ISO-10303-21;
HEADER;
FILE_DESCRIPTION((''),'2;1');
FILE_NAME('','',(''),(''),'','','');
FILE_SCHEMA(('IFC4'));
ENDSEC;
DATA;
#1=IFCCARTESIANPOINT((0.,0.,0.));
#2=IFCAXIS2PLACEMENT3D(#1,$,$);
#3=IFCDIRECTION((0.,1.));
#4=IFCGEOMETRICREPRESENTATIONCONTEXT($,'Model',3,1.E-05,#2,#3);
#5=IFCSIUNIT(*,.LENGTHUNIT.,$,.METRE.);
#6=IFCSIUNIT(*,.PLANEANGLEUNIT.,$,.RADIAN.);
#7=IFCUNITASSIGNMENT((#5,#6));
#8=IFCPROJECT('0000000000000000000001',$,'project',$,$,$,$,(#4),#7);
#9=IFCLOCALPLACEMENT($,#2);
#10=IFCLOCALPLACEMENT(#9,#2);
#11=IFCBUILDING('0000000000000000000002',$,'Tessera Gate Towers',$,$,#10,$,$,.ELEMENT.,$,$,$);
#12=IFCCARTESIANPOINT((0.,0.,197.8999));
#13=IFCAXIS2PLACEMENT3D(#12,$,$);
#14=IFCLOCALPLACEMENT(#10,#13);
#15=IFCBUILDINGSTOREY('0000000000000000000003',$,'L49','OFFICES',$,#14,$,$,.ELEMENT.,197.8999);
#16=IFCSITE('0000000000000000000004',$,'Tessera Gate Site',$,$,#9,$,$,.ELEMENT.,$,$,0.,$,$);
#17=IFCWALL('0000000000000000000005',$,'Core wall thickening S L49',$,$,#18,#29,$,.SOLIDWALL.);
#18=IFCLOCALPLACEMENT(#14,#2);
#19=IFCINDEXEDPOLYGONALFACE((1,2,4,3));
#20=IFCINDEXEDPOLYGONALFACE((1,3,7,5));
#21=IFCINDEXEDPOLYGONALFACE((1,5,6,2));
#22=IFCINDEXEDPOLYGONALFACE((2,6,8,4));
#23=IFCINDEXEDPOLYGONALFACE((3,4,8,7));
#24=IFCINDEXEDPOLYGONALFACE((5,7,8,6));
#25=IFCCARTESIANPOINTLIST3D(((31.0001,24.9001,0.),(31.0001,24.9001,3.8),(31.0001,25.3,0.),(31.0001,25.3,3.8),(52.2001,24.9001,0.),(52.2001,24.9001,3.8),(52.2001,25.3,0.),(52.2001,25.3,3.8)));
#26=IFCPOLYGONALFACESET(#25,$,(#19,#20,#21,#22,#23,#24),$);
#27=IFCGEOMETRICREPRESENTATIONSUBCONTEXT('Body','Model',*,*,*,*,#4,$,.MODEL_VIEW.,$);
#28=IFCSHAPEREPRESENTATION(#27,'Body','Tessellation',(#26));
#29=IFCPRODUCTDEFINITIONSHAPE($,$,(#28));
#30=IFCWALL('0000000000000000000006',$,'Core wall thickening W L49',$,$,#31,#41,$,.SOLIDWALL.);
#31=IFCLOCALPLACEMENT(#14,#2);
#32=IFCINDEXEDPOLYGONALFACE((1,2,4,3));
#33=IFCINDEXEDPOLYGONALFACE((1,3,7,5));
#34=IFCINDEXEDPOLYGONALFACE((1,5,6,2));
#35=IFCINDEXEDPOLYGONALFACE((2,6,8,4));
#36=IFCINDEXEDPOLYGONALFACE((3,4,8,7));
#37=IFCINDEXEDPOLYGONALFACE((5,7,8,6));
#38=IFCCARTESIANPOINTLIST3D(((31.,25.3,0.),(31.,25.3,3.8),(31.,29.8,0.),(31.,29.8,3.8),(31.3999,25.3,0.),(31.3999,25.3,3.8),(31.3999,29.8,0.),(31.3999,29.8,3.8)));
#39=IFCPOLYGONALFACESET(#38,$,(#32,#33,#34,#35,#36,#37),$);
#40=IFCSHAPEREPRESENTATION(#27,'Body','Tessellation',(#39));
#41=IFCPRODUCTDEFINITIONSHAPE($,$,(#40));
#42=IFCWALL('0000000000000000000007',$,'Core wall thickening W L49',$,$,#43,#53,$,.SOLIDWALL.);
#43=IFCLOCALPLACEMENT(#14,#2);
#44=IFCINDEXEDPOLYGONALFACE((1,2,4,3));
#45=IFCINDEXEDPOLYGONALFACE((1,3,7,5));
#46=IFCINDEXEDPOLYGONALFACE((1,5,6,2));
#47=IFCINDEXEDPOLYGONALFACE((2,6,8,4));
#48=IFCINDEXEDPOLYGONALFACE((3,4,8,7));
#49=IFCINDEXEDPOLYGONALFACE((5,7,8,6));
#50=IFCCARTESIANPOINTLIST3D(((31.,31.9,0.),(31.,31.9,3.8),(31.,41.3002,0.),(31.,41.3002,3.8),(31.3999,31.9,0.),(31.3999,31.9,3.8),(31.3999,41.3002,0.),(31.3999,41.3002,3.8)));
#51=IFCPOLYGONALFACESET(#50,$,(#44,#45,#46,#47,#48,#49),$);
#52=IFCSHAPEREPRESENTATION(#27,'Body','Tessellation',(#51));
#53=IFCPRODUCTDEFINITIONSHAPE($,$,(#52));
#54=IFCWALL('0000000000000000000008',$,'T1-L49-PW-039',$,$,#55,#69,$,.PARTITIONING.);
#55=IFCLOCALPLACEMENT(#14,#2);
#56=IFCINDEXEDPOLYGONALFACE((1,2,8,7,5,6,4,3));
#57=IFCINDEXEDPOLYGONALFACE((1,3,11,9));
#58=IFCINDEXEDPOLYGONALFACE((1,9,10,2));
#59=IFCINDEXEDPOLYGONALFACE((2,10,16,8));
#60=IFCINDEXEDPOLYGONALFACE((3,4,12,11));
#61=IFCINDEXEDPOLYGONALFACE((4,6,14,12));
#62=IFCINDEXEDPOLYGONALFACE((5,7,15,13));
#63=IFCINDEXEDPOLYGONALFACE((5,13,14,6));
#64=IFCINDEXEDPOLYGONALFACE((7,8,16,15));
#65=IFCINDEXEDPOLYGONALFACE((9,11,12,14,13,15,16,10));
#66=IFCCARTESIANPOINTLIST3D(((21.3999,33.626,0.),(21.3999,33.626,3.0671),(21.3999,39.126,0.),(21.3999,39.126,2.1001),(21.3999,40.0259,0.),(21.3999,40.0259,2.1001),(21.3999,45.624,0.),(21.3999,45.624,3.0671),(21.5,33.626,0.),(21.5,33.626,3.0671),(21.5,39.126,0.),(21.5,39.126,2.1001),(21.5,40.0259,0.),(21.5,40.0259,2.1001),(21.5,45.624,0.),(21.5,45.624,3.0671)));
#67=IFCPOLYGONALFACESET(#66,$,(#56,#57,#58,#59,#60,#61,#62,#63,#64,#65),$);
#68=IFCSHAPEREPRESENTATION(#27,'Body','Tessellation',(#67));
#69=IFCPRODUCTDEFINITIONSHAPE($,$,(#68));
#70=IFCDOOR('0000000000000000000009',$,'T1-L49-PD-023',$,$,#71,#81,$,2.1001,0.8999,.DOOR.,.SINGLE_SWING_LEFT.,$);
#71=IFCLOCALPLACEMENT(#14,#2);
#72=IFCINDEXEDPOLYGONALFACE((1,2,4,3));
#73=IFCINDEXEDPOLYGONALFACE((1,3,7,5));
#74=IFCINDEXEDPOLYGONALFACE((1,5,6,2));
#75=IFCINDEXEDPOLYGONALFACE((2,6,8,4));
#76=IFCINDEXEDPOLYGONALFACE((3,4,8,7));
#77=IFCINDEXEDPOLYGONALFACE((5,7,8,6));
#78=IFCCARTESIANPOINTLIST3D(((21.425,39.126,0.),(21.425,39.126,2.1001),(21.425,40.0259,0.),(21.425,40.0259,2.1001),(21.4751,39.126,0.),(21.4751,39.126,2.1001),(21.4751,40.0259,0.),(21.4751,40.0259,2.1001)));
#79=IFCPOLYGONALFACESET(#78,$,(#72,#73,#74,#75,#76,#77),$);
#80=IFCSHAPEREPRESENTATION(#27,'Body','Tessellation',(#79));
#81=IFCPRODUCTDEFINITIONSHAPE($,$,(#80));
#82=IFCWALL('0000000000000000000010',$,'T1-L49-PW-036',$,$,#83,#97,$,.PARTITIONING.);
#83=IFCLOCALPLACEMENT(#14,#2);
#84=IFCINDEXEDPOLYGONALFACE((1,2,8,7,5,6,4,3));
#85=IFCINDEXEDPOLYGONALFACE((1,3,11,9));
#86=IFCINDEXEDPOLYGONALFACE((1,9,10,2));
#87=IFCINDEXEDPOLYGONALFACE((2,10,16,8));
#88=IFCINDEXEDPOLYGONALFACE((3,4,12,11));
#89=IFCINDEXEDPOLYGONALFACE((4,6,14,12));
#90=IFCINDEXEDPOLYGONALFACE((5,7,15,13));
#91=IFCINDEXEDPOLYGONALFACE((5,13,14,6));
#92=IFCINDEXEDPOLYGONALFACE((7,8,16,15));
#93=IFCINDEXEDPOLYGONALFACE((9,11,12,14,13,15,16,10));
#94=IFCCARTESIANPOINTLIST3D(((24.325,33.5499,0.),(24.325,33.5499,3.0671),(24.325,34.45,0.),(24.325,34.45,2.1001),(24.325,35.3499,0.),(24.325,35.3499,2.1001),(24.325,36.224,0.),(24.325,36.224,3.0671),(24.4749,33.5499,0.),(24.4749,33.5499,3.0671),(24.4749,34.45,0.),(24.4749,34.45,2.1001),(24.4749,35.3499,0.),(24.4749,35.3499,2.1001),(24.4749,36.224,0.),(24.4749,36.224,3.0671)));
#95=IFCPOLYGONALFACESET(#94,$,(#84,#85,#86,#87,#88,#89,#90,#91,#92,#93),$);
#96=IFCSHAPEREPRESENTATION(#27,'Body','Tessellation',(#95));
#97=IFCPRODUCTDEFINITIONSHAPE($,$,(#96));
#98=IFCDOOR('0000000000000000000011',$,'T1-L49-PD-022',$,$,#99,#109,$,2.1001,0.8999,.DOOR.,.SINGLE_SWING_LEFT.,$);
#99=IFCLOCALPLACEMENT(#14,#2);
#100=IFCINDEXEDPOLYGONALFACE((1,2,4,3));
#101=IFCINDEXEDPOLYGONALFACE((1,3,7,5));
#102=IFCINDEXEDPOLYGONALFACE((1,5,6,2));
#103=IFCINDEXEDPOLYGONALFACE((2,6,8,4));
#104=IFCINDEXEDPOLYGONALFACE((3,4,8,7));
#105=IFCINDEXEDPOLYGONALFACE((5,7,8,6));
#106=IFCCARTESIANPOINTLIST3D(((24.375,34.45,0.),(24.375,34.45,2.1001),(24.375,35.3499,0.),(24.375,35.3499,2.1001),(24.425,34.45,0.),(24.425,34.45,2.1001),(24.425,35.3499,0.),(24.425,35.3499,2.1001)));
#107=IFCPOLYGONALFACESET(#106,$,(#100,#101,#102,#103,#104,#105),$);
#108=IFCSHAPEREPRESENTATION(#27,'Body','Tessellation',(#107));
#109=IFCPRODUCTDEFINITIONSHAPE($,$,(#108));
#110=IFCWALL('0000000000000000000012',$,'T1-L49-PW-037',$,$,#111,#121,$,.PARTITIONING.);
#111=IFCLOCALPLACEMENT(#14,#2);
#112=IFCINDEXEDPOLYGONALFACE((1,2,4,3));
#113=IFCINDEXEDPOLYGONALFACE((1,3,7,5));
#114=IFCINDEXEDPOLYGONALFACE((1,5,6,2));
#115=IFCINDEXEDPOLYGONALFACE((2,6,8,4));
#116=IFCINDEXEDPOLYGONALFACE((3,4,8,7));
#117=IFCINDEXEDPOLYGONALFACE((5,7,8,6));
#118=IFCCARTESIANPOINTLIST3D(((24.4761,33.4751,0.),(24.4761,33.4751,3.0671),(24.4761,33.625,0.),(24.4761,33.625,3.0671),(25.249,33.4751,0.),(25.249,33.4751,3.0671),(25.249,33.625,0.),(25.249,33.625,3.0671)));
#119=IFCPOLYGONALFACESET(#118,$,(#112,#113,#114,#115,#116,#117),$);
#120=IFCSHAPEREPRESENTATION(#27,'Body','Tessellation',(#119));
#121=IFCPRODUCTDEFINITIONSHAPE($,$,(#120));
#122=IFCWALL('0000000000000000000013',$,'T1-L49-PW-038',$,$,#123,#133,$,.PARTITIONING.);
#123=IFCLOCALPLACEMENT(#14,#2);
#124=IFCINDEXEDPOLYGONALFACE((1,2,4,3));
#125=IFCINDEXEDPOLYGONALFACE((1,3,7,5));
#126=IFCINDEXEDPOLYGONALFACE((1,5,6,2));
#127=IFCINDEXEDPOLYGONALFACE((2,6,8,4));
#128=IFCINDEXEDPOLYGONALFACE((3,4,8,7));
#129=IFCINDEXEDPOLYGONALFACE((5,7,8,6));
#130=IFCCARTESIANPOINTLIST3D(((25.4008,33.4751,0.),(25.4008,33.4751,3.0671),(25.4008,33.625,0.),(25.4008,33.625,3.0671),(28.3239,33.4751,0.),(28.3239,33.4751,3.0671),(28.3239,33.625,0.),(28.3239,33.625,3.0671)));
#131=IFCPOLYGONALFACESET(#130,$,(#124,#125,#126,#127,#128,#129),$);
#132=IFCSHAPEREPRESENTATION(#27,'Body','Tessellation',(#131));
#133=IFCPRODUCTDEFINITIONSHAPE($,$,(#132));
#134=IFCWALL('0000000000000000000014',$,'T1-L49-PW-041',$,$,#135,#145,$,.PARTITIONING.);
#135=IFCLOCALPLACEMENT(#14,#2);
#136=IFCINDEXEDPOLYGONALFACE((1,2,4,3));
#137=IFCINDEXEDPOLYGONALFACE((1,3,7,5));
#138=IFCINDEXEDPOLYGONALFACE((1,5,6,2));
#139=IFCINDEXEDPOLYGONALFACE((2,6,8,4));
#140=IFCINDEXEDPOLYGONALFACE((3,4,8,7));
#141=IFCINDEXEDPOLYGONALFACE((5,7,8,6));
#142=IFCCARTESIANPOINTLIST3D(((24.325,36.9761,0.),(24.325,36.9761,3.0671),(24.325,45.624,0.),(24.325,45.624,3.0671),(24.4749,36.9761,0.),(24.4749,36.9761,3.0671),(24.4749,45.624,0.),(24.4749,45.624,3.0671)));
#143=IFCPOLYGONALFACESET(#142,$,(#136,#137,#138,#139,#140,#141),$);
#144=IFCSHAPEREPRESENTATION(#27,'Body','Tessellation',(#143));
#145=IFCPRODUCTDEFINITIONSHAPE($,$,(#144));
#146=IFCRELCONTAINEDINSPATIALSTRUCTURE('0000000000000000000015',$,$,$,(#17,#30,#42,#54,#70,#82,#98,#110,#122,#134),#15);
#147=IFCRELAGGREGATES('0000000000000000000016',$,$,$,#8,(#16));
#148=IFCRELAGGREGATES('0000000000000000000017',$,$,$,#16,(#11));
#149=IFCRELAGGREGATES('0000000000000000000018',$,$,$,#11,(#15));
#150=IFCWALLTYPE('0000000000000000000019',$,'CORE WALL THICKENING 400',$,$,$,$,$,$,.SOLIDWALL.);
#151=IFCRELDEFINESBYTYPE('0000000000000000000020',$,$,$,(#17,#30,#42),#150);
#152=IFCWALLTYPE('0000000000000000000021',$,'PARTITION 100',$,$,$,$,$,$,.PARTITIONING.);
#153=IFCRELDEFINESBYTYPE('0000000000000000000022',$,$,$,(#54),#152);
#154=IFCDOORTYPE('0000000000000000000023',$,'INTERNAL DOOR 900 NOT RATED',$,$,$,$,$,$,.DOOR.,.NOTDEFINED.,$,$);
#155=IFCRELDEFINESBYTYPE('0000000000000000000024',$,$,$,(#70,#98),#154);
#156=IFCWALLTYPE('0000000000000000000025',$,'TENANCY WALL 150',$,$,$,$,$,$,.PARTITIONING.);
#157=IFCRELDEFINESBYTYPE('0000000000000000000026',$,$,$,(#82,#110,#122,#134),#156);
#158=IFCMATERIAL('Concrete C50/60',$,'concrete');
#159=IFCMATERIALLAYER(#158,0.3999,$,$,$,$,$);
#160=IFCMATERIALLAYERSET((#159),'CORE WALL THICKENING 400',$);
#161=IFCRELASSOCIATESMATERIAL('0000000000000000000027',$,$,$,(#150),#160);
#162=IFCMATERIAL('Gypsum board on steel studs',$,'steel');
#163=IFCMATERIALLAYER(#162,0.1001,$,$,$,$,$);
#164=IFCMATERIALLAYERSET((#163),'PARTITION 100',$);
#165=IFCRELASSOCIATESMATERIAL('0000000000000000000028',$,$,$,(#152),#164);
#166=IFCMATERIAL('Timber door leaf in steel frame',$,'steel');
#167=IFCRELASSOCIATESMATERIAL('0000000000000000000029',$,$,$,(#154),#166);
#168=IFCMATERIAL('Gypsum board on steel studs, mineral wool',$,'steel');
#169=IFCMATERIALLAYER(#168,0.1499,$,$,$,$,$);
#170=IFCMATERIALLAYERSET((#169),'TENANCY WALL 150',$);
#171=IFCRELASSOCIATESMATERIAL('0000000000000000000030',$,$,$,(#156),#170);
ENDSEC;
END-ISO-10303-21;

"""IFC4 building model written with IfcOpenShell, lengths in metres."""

from ifc_helpers import new_model, si_unit, direction, frame, frame_2d, origin, place, context, subcontext, project, spatial, rectangle, extrude, source, transform, mapped, material, layer, layer_set, type_object, element, fill, save


model = new_model("IFC4")

# Units and contexts
model_context = context("Model", 3, precision=1e-05, world=origin(), true_north=direction((0.0, 1.0)))
body_context = subcontext(model_context, "Body", "Model", "MODEL_VIEW")
ifc_project = project(units=[si_unit("LENGTHUNIT", "METRE"), si_unit("PLANEANGLEUNIT", "RADIAN")], contexts=[model_context])

# Site, building, storey
site_placement = place(None, origin())
site = spatial("IfcSite", under=ifc_project, at=site_placement, Name="Tessera Gate Site", CompositionType="ELEMENT", RefElevation=0.0)
building_placement = place(site_placement, origin())
building = spatial("IfcBuilding", under=site, at=building_placement, Name="Tessera Gate Towers", CompositionType="ELEMENT")
storey_placement = place(building_placement, frame((0.0, 0.0, 197.8999)))
storey = spatial("IfcBuildingStorey", under=building, at=storey_placement, Name="L49", Description="OFFICES", CompositionType="ELEMENT", Elevation=197.8999)

# Shared definitions
shared_shape_1 = source(origin(), body_context, "Body", "SweptSolid", [
    extrude(rectangle(XDim=0.8999, YDim=2.1001, at=frame_2d((0.45, 1.05))), frame((0.0, 0.0249, 0.0), z_axis=(0.0, -1.0, 0.0), x_axis=(1.0, 0.0, 0.0)), (0.0, 0.0, 1.0), 0.05),
])

# Walls
ifc_material_1 = material(Name="Concrete C50/60", Category="concrete")
ifc_layer_1 = layer(ifc_material_1, 0.3999)
ifc_layer_set_1 = layer_set([ifc_layer_1], Name="CORE WALL THICKENING 400")
wall_type_1 = type_object("IfcWallType", Name="CORE WALL THICKENING 400", PredefinedType="SOLIDWALL", material=ifc_layer_set_1)
wall_1_placement = place(storey_placement, frame((31.0, 25.1001, 0.0), z_axis=(0.0, 0.0, 1.0), x_axis=(1.0, 0.0, 0.0)))
element("IfcWall", 1, at=wall_1_placement, inside=storey, type_object=wall_type_1, Name="Core wall thickening S L49", PredefinedType="SOLIDWALL", context=body_context, shape_type="SweptSolid", body=[
    extrude(rectangle(XDim=21.2, YDim=0.3999, at=frame_2d((10.6001, 0.0))), origin(), (0.0, 0.0, 1.0), 3.8),
])
wall_2_placement = place(storey_placement, frame((31.2, 25.3, 0.0), z_axis=(0.0, 0.0, 1.0), x_axis=(0.0, 1.0, 0.0)))
element("IfcWall", 2, at=wall_2_placement, inside=storey, type_object=wall_type_1, Name="Core wall thickening W L49", PredefinedType="SOLIDWALL", context=body_context, shape_type="SweptSolid", body=[
    extrude(rectangle(XDim=4.5, YDim=0.3999, at=frame_2d((2.25, 0.0))), origin(), (0.0, 0.0, 1.0), 3.8),
])
wall_3_placement = place(storey_placement, frame((31.2, 31.8999, 0.0), z_axis=(0.0, 0.0, 1.0), x_axis=(0.0, 1.0, 0.0)))
element("IfcWall", 3, at=wall_3_placement, inside=storey, type_object=wall_type_1, Name="Core wall thickening W L49", PredefinedType="SOLIDWALL", context=body_context, shape_type="SweptSolid", body=[
    extrude(rectangle(XDim=9.4001, YDim=0.3999, at=frame_2d((4.7002, 0.0))), origin(), (0.0, 0.0, 1.0), 3.8),
])

# Walls, openings, doors
ifc_material_2 = material(Name="Gypsum board on steel studs", Category="steel")
ifc_layer_2 = layer(ifc_material_2, 0.1001)
ifc_layer_set_2 = layer_set([ifc_layer_2], Name="PARTITION 100")
wall_type_2 = type_object("IfcWallType", Name="PARTITION 100", PredefinedType="PARTITIONING", material=ifc_layer_set_2)
wall_4_placement = place(storey_placement, frame((21.45, 33.626, 0.0), z_axis=(0.0, 0.0, 1.0), x_axis=(0.0, 1.0, 0.0)))
wall_4 = element("IfcWall", 4, at=wall_4_placement, inside=storey, type_object=wall_type_2, Name="T1-L49-PW-039", PredefinedType="PARTITIONING", context=body_context, shape_type="SweptSolid", body=[
    extrude(rectangle(XDim=11.998, YDim=0.1001, at=frame_2d((5.999, 0.0))), origin(), (0.0, 0.0, 1.0), 3.0671),
])
shared_shape_2 = source(origin(), body_context, "Body", "SweptSolid", [
    extrude(rectangle(XDim=0.8999, YDim=2.1001, at=frame_2d((0.45, 1.05))), frame((0.0, 0.0601, 0.0), z_axis=(0.0, -1.0, 0.0), x_axis=(1.0, 0.0, 0.0)), (0.0, 0.0, 1.0), 0.1201),
])
opening_1_placement = place(wall_4_placement, frame((5.5, 0.0, 0.0)))
opening_1 = element("IfcOpeningElement", 5, at=opening_1_placement, cuts=wall_4, PredefinedType="OPENING", context=body_context, shape_type="MappedRepresentation", body=[
    mapped(shared_shape_2, transform((0.0, 0.0, 0.0), scale=1.0)),
])
ifc_material_3 = material(Name="Timber door leaf in steel frame", Category="steel")
door_type_1 = type_object("IfcDoorType", Name="INTERNAL DOOR 900 NOT RATED", OperationType="NOTDEFINED", PredefinedType="DOOR", material=ifc_material_3)
door_1_placement = place(opening_1_placement, origin())
door_1 = element("IfcDoor", 6, at=door_1_placement, inside=storey, type_object=door_type_1, Name="T1-L49-PD-023", OperationType="SINGLE_SWING_LEFT", OverallHeight=2.1001, OverallWidth=0.8999, PredefinedType="DOOR", context=body_context, shape_type="MappedRepresentation", body=[
    mapped(shared_shape_1, transform((0.0, 0.0, 0.0), scale=1.0)),
])
fill(opening_1, door_1)
ifc_material_4 = material(Name="Gypsum board on steel studs, mineral wool", Category="steel")
ifc_layer_3 = layer(ifc_material_4, 0.1499)
ifc_layer_set_3 = layer_set([ifc_layer_3], Name="TENANCY WALL 150")
wall_type_3 = type_object("IfcWallType", Name="TENANCY WALL 150", PredefinedType="PARTITIONING", material=ifc_layer_set_3)
wall_5_placement = place(storey_placement, frame((24.3999, 33.55, 0.0), z_axis=(0.0, 0.0, 1.0), x_axis=(0.0, 1.0, 0.0)))
wall_5 = element("IfcWall", 7, at=wall_5_placement, inside=storey, type_object=wall_type_3, Name="T1-L49-PW-036", PredefinedType="PARTITIONING", context=body_context, shape_type="SweptSolid", body=[
    extrude(rectangle(XDim=2.6741, YDim=0.1499, at=frame_2d((1.3369, 0.0))), origin(), (0.0, 0.0, 1.0), 3.0671),
])
shared_shape_3 = source(origin(), body_context, "Body", "SweptSolid", [
    extrude(rectangle(XDim=0.8999, YDim=2.1001, at=frame_2d((0.45, 1.05))), frame((0.0, 0.085, 0.0), z_axis=(0.0, -1.0, 0.0), x_axis=(1.0, 0.0, 0.0)), (0.0, 0.0, 1.0), 0.1699),
])
opening_2_placement = place(wall_5_placement, frame((0.8999, 0.0, 0.0)))
opening_2 = element("IfcOpeningElement", 8, at=opening_2_placement, cuts=wall_5, PredefinedType="OPENING", context=body_context, shape_type="MappedRepresentation", body=[
    mapped(shared_shape_3, transform((0.0, 0.0, 0.0), scale=1.0)),
])
door_2_placement = place(opening_2_placement, origin())
door_2 = element("IfcDoor", 9, at=door_2_placement, inside=storey, type_object=door_type_1, Name="T1-L49-PD-022", OperationType="SINGLE_SWING_LEFT", OverallHeight=2.1001, OverallWidth=0.8999, PredefinedType="DOOR", context=body_context, shape_type="MappedRepresentation", body=[
    mapped(shared_shape_1, transform((0.0, 0.0, 0.0), scale=1.0)),
])
fill(opening_2, door_2)

# Walls
wall_6_placement = place(storey_placement, frame((24.4761, 33.55, 0.0), z_axis=(0.0, 0.0, 1.0), x_axis=(1.0, 0.0, 0.0)))
element("IfcWall", 10, at=wall_6_placement, inside=storey, type_object=wall_type_3, Name="T1-L49-PW-037", PredefinedType="PARTITIONING", context=body_context, shape_type="SweptSolid", body=[
    extrude(rectangle(XDim=0.7729, YDim=0.1499, at=frame_2d((0.3865, 0.0))), origin(), (0.0, 0.0, 1.0), 3.0671),
])
wall_7_placement = place(storey_placement, frame((25.4009, 33.55, 0.0), z_axis=(0.0, 0.0, 1.0), x_axis=(1.0, 0.0, 0.0)))
element("IfcWall", 11, at=wall_7_placement, inside=storey, type_object=wall_type_3, Name="T1-L49-PW-038", PredefinedType="PARTITIONING", context=body_context, shape_type="SweptSolid", body=[
    extrude(rectangle(XDim=2.9231, YDim=0.1499, at=frame_2d((1.4614, 0.0))), origin(), (0.0, 0.0, 1.0), 3.0671),
])
wall_8_placement = place(storey_placement, frame((24.3999, 36.9761, 0.0), z_axis=(0.0, 0.0, 1.0), x_axis=(0.0, 1.0, 0.0)))
element("IfcWall", 12, at=wall_8_placement, inside=storey, type_object=wall_type_3, Name="T1-L49-PW-041", PredefinedType="PARTITIONING", context=body_context, shape_type="SweptSolid", body=[
    extrude(rectangle(XDim=8.6479, YDim=0.1499, at=frame_2d((4.324, 0.0))), origin(), (0.0, 0.0, 1.0), 3.0671),
])

save(model, "model.ifc")
